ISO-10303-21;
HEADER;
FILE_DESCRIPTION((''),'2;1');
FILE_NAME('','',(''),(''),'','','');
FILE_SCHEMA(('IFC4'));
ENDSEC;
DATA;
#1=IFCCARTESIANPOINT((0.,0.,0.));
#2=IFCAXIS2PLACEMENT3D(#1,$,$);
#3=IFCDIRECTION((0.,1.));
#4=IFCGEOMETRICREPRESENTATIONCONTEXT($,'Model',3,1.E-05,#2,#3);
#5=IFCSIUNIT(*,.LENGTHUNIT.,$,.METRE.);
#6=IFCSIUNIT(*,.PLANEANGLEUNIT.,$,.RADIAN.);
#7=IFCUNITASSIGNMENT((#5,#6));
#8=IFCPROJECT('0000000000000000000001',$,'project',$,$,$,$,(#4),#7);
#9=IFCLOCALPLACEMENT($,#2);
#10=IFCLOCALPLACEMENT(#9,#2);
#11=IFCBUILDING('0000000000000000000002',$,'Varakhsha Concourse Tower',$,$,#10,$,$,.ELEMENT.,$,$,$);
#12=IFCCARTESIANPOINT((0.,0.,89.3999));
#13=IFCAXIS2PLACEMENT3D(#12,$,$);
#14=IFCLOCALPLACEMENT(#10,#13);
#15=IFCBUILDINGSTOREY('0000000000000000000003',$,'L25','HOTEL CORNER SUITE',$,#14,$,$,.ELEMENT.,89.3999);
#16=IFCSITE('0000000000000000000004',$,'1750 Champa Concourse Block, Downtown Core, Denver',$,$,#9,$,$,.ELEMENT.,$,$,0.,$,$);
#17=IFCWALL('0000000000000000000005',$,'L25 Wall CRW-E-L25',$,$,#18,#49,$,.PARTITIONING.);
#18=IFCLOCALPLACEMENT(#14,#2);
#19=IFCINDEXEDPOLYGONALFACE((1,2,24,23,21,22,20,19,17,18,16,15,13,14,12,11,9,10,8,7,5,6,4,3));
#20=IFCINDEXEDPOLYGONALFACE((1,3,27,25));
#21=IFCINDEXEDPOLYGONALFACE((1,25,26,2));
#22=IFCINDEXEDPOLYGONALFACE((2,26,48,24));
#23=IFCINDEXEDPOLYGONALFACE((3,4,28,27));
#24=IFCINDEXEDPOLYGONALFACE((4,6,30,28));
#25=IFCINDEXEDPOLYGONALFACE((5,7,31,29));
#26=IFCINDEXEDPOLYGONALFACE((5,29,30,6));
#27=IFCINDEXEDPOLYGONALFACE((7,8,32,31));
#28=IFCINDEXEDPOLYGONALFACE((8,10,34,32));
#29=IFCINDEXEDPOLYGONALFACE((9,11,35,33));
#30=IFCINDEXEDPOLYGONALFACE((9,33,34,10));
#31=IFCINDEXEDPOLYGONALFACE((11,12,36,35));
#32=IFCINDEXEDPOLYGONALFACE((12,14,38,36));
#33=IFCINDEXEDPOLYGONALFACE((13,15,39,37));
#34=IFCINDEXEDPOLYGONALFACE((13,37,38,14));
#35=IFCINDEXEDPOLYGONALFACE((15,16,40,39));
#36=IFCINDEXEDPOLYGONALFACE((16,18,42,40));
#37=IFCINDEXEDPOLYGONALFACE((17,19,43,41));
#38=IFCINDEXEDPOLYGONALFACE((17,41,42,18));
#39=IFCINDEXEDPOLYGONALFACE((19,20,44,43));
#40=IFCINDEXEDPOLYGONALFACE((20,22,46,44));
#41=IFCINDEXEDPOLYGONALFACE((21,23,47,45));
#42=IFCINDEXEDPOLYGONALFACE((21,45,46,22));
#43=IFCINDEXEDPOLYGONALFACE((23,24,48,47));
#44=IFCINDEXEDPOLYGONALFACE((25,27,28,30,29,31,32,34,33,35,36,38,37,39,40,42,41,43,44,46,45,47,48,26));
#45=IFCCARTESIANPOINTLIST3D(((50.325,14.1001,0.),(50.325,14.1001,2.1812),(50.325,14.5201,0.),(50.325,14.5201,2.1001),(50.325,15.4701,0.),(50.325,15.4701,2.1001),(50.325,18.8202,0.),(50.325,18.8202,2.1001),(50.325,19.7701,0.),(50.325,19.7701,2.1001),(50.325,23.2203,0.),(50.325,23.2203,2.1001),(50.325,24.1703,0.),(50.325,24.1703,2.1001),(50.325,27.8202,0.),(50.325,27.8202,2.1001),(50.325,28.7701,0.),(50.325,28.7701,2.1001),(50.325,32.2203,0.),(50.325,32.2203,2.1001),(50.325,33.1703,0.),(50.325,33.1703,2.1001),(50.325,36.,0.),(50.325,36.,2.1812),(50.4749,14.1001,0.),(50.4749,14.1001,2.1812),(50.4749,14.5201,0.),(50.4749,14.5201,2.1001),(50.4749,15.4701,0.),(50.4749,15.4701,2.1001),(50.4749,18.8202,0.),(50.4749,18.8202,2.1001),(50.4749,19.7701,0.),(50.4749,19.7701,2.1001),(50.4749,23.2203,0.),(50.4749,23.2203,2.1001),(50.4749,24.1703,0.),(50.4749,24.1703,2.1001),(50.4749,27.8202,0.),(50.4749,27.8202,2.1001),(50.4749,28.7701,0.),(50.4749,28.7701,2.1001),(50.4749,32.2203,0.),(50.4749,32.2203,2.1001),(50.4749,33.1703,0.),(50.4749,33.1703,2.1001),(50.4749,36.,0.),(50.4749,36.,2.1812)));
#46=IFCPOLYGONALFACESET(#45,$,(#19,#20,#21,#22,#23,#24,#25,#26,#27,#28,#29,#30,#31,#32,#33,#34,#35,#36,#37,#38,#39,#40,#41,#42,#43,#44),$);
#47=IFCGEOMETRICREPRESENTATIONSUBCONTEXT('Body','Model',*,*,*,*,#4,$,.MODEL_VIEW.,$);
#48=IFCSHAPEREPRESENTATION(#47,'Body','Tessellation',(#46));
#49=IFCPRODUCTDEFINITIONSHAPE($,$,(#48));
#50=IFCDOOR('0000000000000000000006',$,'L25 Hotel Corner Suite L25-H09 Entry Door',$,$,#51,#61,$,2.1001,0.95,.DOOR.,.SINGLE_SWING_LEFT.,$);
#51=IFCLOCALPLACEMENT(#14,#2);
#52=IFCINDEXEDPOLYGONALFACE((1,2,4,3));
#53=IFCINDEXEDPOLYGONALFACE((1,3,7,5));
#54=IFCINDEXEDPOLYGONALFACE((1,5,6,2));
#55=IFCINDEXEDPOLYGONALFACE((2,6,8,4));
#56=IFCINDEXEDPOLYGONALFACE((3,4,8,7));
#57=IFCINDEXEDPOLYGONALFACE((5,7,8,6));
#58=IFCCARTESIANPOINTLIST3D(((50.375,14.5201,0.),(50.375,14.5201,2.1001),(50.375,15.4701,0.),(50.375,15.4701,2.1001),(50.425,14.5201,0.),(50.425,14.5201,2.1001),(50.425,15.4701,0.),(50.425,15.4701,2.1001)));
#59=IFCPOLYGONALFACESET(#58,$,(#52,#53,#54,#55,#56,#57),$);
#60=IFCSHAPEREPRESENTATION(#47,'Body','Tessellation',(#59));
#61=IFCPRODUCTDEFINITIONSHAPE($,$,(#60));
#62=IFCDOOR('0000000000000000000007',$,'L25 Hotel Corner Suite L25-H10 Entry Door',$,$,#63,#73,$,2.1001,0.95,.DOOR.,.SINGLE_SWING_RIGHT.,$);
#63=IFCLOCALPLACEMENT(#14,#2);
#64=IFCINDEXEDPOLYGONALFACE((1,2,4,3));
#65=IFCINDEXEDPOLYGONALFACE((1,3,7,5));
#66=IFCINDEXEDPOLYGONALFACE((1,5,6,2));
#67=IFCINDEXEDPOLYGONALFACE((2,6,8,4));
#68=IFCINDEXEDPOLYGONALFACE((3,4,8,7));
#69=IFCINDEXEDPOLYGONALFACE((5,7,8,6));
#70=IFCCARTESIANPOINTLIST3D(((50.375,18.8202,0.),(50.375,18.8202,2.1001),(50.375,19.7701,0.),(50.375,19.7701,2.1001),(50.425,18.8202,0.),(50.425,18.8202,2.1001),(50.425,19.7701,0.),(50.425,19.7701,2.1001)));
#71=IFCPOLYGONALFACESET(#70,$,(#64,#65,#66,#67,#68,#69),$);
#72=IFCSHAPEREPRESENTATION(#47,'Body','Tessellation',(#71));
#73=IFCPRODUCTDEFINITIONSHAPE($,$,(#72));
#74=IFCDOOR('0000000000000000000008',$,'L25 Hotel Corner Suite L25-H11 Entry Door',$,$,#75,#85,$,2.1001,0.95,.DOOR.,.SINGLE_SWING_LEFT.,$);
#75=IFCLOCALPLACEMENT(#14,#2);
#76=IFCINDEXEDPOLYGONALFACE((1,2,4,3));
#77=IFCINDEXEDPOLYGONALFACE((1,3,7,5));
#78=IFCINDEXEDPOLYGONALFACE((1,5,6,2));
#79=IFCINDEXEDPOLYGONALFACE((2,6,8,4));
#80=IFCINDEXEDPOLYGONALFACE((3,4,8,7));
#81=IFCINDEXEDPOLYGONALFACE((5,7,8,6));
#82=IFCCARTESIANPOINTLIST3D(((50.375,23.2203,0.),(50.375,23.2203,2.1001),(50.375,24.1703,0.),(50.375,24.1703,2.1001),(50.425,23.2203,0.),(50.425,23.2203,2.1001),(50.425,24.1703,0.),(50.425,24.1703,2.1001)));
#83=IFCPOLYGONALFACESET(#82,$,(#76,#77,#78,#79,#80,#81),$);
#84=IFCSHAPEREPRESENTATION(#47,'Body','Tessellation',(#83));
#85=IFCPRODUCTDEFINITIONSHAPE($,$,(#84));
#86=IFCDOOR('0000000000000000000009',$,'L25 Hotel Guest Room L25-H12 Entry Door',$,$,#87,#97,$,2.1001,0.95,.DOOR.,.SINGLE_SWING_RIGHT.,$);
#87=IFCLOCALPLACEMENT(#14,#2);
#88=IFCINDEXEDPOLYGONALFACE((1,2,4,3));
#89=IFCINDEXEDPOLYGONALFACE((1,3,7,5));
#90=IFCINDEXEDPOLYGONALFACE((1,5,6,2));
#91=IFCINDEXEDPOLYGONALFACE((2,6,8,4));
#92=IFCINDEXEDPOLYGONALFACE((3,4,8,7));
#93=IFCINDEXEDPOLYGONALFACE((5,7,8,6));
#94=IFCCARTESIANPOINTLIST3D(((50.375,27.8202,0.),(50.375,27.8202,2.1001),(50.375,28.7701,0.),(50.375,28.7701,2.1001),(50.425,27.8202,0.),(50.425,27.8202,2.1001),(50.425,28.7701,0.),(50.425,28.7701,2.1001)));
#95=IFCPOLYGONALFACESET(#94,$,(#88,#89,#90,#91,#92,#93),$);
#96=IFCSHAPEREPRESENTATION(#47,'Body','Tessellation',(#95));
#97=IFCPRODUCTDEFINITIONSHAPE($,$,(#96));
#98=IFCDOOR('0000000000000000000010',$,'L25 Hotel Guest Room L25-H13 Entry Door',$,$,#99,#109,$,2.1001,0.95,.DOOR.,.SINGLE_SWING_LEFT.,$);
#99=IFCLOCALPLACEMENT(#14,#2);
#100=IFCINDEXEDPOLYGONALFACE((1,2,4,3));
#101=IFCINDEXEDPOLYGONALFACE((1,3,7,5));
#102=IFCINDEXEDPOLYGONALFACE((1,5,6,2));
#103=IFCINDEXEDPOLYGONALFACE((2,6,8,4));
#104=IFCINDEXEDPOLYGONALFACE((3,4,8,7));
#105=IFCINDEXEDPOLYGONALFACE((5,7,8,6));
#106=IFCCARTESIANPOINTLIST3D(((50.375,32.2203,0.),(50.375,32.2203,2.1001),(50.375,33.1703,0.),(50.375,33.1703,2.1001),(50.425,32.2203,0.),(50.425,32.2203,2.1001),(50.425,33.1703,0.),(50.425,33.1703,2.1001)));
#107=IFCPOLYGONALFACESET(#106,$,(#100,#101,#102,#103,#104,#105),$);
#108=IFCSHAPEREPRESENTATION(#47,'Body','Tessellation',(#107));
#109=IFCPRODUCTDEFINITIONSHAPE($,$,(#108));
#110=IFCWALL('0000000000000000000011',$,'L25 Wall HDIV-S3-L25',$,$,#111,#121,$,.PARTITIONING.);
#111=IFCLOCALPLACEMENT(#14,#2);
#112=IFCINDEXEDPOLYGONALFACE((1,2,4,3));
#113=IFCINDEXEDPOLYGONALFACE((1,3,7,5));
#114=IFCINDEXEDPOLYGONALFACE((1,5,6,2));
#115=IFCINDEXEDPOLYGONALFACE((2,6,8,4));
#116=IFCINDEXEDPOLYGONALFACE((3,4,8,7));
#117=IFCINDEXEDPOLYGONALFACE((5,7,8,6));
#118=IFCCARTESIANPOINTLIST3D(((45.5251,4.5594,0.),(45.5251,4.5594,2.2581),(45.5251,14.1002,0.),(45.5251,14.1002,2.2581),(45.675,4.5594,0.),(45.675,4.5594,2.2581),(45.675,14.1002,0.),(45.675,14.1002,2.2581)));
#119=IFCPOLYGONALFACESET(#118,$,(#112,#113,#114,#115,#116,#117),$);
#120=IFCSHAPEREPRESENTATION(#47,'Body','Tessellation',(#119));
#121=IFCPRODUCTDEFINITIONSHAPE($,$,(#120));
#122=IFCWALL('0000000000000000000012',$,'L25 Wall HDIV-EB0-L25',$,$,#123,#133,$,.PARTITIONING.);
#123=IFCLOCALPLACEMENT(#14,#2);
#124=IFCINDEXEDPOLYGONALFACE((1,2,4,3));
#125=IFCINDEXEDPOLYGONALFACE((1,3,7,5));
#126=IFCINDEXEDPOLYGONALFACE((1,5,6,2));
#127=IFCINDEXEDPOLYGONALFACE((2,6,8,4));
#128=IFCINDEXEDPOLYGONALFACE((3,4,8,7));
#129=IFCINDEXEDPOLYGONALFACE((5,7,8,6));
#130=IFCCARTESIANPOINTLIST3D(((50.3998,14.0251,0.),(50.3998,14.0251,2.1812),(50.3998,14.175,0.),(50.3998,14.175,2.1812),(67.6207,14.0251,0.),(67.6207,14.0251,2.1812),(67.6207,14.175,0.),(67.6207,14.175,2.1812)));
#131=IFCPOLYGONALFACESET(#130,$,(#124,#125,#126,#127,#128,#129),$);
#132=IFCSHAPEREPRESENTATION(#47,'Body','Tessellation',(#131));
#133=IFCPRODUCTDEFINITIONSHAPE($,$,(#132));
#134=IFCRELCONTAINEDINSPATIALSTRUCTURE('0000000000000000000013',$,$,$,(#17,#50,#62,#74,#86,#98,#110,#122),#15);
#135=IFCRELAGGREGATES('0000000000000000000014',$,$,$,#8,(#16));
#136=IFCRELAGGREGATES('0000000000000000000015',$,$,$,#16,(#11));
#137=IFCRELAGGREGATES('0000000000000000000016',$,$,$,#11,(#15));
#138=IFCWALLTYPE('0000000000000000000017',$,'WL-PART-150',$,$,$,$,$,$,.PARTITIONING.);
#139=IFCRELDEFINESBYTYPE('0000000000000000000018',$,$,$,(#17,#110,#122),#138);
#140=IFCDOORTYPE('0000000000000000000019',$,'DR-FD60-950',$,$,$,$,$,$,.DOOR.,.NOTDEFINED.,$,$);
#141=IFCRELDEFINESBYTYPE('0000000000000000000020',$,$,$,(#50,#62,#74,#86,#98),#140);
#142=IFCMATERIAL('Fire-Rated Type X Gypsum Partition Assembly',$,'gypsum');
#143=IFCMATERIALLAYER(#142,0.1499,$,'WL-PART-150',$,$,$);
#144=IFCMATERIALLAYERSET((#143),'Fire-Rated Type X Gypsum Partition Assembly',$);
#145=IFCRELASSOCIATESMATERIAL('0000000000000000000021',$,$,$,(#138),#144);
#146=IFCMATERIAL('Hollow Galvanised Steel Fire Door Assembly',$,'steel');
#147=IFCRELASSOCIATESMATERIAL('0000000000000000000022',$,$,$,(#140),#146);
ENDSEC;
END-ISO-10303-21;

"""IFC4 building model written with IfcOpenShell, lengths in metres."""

from ifc_helpers import new_model, si_unit, direction, frame, frame_2d, origin, place, context, subcontext, project, spatial, rectangle, extrude, material, layer, layer_set, type_object, element, fill, save


model = new_model("IFC4")

# Units and contexts
model_context = context("Model", 3, precision=1e-05, world=origin(), true_north=direction((0.0, 1.0)))
body_context = subcontext(model_context, "Body", "Model", "MODEL_VIEW")
ifc_project = project(units=[si_unit("LENGTHUNIT", "METRE"), si_unit("PLANEANGLEUNIT", "RADIAN")], contexts=[model_context])

# Site, building, storey
site_placement = place(None, origin())
site = spatial("IfcSite", under=ifc_project, at=site_placement, Name="1750 Champa Concourse Block, Downtown Core, Denver", CompositionType="ELEMENT", RefElevation=0.0)
building_placement = place(site_placement, origin())
building = spatial("IfcBuilding", under=site, at=building_placement, Name="Varakhsha Concourse Tower", CompositionType="ELEMENT")
storey_placement = place(building_placement, frame((0.0, 0.0, 89.3999)))
storey = spatial("IfcBuildingStorey", under=building, at=storey_placement, Name="L25", Description="HOTEL CORNER SUITE", CompositionType="ELEMENT", Elevation=89.3999)

# Shared definitions
ifc_material_1 = material(Name="Fire-Rated Type X Gypsum Partition Assembly", Category="gypsum")
ifc_material_2 = material(Name="Hollow Galvanised Steel Fire Door Assembly", Category="steel")

# Wall, openings, doors
ifc_layer_1 = layer(ifc_material_1, 0.1499, Name="WL-PART-150")
ifc_layer_set_1 = layer_set([ifc_layer_1], Name="Fire-Rated Type X Gypsum Partition Assembly")
wall_type_1 = type_object("IfcWallType", Name="WL-PART-150", PredefinedType="PARTITIONING", material=ifc_layer_set_1)
wall_1_placement = place(storey_placement, frame((50.3999, 14.1001, 0.0), z_axis=(0.0, 0.0, 1.0), x_axis=(0.0, 1.0, 0.0)))
wall_1 = element("IfcWall", 1, at=wall_1_placement, inside=storey, type_object=wall_type_1, Name="L25 Wall CRW-E-L25", PredefinedType="PARTITIONING", context=body_context, shape_type="SweptSolid", body=[
    extrude(rectangle(XDim=21.8999, YDim=0.1499, at=frame_2d((10.95, 0.0))), origin(), (0.0, 0.0, 1.0), 2.1812),
])
opening_1_placement = place(wall_1_placement, frame((0.4199, 0.0, 0.0)))
opening_1 = element("IfcOpeningElement", 2, at=opening_1_placement, cuts=wall_1, PredefinedType="OPENING", context=body_context, shape_type="SweptSolid", body=[
    extrude(rectangle(XDim=0.95, YDim=2.1001, at=frame_2d((0.4751, 1.05))), frame((0.0, 0.085, 0.0), z_axis=(0.0, -1.0, 0.0), x_axis=(1.0, 0.0, 0.0)), (0.0, 0.0, 1.0), 0.1699),
])
opening_2_placement = place(wall_1_placement, frame((4.72, 0.0, 0.0)))
opening_2 = element("IfcOpeningElement", 3, at=opening_2_placement, cuts=wall_1, PredefinedType="OPENING", context=body_context, shape_type="SweptSolid", body=[
    extrude(rectangle(XDim=0.95, YDim=2.1001, at=frame_2d((0.4751, 1.05))), frame((0.0, 0.085, 0.0), z_axis=(0.0, -1.0, 0.0), x_axis=(1.0, 0.0, 0.0)), (0.0, 0.0, 1.0), 0.1699),
])
opening_3_placement = place(wall_1_placement, frame((9.1201, 0.0, 0.0)))
opening_3 = element("IfcOpeningElement", 4, at=opening_3_placement, cuts=wall_1, PredefinedType="OPENING", context=body_context, shape_type="SweptSolid", body=[
    extrude(rectangle(XDim=0.95, YDim=2.1001, at=frame_2d((0.4751, 1.05))), frame((0.0, 0.085, 0.0), z_axis=(0.0, -1.0, 0.0), x_axis=(1.0, 0.0, 0.0)), (0.0, 0.0, 1.0), 0.1699),
])
opening_4_placement = place(wall_1_placement, frame((13.72, 0.0, 0.0)))
opening_4 = element("IfcOpeningElement", 5, at=opening_4_placement, cuts=wall_1, PredefinedType="OPENING", context=body_context, shape_type="SweptSolid", body=[
    extrude(rectangle(XDim=0.95, YDim=2.1001, at=frame_2d((0.4751, 1.05))), frame((0.0, 0.085, 0.0), z_axis=(0.0, -1.0, 0.0), x_axis=(1.0, 0.0, 0.0)), (0.0, 0.0, 1.0), 0.1699),
])
opening_5_placement = place(wall_1_placement, frame((18.1201, 0.0, 0.0)))
opening_5 = element("IfcOpeningElement", 6, at=opening_5_placement, cuts=wall_1, PredefinedType="OPENING", context=body_context, shape_type="SweptSolid", body=[
    extrude(rectangle(XDim=0.95, YDim=2.1001, at=frame_2d((0.4751, 1.05))), frame((0.0, 0.085, 0.0), z_axis=(0.0, -1.0, 0.0), x_axis=(1.0, 0.0, 0.0)), (0.0, 0.0, 1.0), 0.1699),
])
door_type_1 = type_object("IfcDoorType", Name="DR-FD60-950", OperationType="NOTDEFINED", PredefinedType="DOOR", material=ifc_material_2)
door_1_placement = place(opening_1_placement, origin())
door_1 = element("IfcDoor", 7, at=door_1_placement, inside=storey, type_object=door_type_1, Name="L25 Hotel Corner Suite L25-H09 Entry Door", OperationType="SINGLE_SWING_LEFT", OverallHeight=2.1001, OverallWidth=0.95, PredefinedType="DOOR", context=body_context, shape_type="SweptSolid", body=[
    extrude(rectangle(XDim=0.95, YDim=2.1001, at=frame_2d((0.4751, 1.05))), frame((0.0, 0.0249, 0.0), z_axis=(0.0, -1.0, 0.0), x_axis=(1.0, 0.0, 0.0)), (0.0, 0.0, 1.0), 0.05),
])
fill(opening_1, door_1)
door_2_placement = place(opening_2_placement, origin())
door_2 = element("IfcDoor", 8, at=door_2_placement, inside=storey, type_object=door_type_1, Name="L25 Hotel Corner Suite L25-H10 Entry Door", OperationType="SINGLE_SWING_RIGHT", OverallHeight=2.1001, OverallWidth=0.95, PredefinedType="DOOR", context=body_context, shape_type="SweptSolid", body=[
    extrude(rectangle(XDim=0.95, YDim=2.1001, at=frame_2d((0.4751, 1.05))), frame((0.0, 0.0249, 0.0), z_axis=(0.0, -1.0, 0.0), x_axis=(1.0, 0.0, 0.0)), (0.0, 0.0, 1.0), 0.05),
])
fill(opening_2, door_2)
door_3_placement = place(opening_3_placement, origin())
door_3 = element("IfcDoor", 9, at=door_3_placement, inside=storey, type_object=door_type_1, Name="L25 Hotel Corner Suite L25-H11 Entry Door", OperationType="SINGLE_SWING_LEFT", OverallHeight=2.1001, OverallWidth=0.95, PredefinedType="DOOR", context=body_context, shape_type="SweptSolid", body=[
    extrude(rectangle(XDim=0.95, YDim=2.1001, at=frame_2d((0.4751, 1.05))), frame((0.0, 0.0249, 0.0), z_axis=(0.0, -1.0, 0.0), x_axis=(1.0, 0.0, 0.0)), (0.0, 0.0, 1.0), 0.05),
])
fill(opening_3, door_3)
door_4_placement = place(opening_4_placement, origin())
door_4 = element("IfcDoor", 10, at=door_4_placement, inside=storey, type_object=door_type_1, Name="L25 Hotel Guest Room L25-H12 Entry Door", OperationType="SINGLE_SWING_RIGHT", OverallHeight=2.1001, OverallWidth=0.95, PredefinedType="DOOR", context=body_context, shape_type="SweptSolid", body=[
    extrude(rectangle(XDim=0.95, YDim=2.1001, at=frame_2d((0.4751, 1.05))), frame((0.0, 0.0249, 0.0), z_axis=(0.0, -1.0, 0.0), x_axis=(1.0, 0.0, 0.0)), (0.0, 0.0, 1.0), 0.05),
])
fill(opening_4, door_4)
door_5_placement = place(opening_5_placement, origin())
door_5 = element("IfcDoor", 11, at=door_5_placement, inside=storey, type_object=door_type_1, Name="L25 Hotel Guest Room L25-H13 Entry Door", OperationType="SINGLE_SWING_LEFT", OverallHeight=2.1001, OverallWidth=0.95, PredefinedType="DOOR", context=body_context, shape_type="SweptSolid", body=[
    extrude(rectangle(XDim=0.95, YDim=2.1001, at=frame_2d((0.4751, 1.05))), frame((0.0, 0.0249, 0.0), z_axis=(0.0, -1.0, 0.0), x_axis=(1.0, 0.0, 0.0)), (0.0, 0.0, 1.0), 0.05),
])
fill(opening_5, door_5)

# Walls
wall_2_placement = place(storey_placement, frame((45.6001, 4.5593, 0.0), z_axis=(0.0, 0.0, 1.0), x_axis=(0.0, 1.0, 0.0)))
element("IfcWall", 12, at=wall_2_placement, inside=storey, type_object=wall_type_1, Name="L25 Wall HDIV-S3-L25", PredefinedType="PARTITIONING", context=body_context, shape_type="SweptSolid", body=[
    extrude(rectangle(XDim=9.5408, YDim=0.1499, at=frame_2d((4.7705, 0.0))), origin(), (0.0, 0.0, 1.0), 2.2581),
])
wall_3_placement = place(storey_placement, frame((50.3999, 14.1001, 0.0), z_axis=(0.0, 0.0, 1.0), x_axis=(1.0, 0.0, 0.0)))
element("IfcWall", 13, at=wall_3_placement, inside=storey, type_object=wall_type_1, Name="L25 Wall HDIV-EB0-L25", PredefinedType="PARTITIONING", context=body_context, shape_type="SweptSolid", body=[
    extrude(rectangle(XDim=17.2209, YDim=0.1499, at=frame_2d((8.6104, 0.0))), origin(), (0.0, 0.0, 1.0), 2.1812),
])

save(model, "model.ifc")
